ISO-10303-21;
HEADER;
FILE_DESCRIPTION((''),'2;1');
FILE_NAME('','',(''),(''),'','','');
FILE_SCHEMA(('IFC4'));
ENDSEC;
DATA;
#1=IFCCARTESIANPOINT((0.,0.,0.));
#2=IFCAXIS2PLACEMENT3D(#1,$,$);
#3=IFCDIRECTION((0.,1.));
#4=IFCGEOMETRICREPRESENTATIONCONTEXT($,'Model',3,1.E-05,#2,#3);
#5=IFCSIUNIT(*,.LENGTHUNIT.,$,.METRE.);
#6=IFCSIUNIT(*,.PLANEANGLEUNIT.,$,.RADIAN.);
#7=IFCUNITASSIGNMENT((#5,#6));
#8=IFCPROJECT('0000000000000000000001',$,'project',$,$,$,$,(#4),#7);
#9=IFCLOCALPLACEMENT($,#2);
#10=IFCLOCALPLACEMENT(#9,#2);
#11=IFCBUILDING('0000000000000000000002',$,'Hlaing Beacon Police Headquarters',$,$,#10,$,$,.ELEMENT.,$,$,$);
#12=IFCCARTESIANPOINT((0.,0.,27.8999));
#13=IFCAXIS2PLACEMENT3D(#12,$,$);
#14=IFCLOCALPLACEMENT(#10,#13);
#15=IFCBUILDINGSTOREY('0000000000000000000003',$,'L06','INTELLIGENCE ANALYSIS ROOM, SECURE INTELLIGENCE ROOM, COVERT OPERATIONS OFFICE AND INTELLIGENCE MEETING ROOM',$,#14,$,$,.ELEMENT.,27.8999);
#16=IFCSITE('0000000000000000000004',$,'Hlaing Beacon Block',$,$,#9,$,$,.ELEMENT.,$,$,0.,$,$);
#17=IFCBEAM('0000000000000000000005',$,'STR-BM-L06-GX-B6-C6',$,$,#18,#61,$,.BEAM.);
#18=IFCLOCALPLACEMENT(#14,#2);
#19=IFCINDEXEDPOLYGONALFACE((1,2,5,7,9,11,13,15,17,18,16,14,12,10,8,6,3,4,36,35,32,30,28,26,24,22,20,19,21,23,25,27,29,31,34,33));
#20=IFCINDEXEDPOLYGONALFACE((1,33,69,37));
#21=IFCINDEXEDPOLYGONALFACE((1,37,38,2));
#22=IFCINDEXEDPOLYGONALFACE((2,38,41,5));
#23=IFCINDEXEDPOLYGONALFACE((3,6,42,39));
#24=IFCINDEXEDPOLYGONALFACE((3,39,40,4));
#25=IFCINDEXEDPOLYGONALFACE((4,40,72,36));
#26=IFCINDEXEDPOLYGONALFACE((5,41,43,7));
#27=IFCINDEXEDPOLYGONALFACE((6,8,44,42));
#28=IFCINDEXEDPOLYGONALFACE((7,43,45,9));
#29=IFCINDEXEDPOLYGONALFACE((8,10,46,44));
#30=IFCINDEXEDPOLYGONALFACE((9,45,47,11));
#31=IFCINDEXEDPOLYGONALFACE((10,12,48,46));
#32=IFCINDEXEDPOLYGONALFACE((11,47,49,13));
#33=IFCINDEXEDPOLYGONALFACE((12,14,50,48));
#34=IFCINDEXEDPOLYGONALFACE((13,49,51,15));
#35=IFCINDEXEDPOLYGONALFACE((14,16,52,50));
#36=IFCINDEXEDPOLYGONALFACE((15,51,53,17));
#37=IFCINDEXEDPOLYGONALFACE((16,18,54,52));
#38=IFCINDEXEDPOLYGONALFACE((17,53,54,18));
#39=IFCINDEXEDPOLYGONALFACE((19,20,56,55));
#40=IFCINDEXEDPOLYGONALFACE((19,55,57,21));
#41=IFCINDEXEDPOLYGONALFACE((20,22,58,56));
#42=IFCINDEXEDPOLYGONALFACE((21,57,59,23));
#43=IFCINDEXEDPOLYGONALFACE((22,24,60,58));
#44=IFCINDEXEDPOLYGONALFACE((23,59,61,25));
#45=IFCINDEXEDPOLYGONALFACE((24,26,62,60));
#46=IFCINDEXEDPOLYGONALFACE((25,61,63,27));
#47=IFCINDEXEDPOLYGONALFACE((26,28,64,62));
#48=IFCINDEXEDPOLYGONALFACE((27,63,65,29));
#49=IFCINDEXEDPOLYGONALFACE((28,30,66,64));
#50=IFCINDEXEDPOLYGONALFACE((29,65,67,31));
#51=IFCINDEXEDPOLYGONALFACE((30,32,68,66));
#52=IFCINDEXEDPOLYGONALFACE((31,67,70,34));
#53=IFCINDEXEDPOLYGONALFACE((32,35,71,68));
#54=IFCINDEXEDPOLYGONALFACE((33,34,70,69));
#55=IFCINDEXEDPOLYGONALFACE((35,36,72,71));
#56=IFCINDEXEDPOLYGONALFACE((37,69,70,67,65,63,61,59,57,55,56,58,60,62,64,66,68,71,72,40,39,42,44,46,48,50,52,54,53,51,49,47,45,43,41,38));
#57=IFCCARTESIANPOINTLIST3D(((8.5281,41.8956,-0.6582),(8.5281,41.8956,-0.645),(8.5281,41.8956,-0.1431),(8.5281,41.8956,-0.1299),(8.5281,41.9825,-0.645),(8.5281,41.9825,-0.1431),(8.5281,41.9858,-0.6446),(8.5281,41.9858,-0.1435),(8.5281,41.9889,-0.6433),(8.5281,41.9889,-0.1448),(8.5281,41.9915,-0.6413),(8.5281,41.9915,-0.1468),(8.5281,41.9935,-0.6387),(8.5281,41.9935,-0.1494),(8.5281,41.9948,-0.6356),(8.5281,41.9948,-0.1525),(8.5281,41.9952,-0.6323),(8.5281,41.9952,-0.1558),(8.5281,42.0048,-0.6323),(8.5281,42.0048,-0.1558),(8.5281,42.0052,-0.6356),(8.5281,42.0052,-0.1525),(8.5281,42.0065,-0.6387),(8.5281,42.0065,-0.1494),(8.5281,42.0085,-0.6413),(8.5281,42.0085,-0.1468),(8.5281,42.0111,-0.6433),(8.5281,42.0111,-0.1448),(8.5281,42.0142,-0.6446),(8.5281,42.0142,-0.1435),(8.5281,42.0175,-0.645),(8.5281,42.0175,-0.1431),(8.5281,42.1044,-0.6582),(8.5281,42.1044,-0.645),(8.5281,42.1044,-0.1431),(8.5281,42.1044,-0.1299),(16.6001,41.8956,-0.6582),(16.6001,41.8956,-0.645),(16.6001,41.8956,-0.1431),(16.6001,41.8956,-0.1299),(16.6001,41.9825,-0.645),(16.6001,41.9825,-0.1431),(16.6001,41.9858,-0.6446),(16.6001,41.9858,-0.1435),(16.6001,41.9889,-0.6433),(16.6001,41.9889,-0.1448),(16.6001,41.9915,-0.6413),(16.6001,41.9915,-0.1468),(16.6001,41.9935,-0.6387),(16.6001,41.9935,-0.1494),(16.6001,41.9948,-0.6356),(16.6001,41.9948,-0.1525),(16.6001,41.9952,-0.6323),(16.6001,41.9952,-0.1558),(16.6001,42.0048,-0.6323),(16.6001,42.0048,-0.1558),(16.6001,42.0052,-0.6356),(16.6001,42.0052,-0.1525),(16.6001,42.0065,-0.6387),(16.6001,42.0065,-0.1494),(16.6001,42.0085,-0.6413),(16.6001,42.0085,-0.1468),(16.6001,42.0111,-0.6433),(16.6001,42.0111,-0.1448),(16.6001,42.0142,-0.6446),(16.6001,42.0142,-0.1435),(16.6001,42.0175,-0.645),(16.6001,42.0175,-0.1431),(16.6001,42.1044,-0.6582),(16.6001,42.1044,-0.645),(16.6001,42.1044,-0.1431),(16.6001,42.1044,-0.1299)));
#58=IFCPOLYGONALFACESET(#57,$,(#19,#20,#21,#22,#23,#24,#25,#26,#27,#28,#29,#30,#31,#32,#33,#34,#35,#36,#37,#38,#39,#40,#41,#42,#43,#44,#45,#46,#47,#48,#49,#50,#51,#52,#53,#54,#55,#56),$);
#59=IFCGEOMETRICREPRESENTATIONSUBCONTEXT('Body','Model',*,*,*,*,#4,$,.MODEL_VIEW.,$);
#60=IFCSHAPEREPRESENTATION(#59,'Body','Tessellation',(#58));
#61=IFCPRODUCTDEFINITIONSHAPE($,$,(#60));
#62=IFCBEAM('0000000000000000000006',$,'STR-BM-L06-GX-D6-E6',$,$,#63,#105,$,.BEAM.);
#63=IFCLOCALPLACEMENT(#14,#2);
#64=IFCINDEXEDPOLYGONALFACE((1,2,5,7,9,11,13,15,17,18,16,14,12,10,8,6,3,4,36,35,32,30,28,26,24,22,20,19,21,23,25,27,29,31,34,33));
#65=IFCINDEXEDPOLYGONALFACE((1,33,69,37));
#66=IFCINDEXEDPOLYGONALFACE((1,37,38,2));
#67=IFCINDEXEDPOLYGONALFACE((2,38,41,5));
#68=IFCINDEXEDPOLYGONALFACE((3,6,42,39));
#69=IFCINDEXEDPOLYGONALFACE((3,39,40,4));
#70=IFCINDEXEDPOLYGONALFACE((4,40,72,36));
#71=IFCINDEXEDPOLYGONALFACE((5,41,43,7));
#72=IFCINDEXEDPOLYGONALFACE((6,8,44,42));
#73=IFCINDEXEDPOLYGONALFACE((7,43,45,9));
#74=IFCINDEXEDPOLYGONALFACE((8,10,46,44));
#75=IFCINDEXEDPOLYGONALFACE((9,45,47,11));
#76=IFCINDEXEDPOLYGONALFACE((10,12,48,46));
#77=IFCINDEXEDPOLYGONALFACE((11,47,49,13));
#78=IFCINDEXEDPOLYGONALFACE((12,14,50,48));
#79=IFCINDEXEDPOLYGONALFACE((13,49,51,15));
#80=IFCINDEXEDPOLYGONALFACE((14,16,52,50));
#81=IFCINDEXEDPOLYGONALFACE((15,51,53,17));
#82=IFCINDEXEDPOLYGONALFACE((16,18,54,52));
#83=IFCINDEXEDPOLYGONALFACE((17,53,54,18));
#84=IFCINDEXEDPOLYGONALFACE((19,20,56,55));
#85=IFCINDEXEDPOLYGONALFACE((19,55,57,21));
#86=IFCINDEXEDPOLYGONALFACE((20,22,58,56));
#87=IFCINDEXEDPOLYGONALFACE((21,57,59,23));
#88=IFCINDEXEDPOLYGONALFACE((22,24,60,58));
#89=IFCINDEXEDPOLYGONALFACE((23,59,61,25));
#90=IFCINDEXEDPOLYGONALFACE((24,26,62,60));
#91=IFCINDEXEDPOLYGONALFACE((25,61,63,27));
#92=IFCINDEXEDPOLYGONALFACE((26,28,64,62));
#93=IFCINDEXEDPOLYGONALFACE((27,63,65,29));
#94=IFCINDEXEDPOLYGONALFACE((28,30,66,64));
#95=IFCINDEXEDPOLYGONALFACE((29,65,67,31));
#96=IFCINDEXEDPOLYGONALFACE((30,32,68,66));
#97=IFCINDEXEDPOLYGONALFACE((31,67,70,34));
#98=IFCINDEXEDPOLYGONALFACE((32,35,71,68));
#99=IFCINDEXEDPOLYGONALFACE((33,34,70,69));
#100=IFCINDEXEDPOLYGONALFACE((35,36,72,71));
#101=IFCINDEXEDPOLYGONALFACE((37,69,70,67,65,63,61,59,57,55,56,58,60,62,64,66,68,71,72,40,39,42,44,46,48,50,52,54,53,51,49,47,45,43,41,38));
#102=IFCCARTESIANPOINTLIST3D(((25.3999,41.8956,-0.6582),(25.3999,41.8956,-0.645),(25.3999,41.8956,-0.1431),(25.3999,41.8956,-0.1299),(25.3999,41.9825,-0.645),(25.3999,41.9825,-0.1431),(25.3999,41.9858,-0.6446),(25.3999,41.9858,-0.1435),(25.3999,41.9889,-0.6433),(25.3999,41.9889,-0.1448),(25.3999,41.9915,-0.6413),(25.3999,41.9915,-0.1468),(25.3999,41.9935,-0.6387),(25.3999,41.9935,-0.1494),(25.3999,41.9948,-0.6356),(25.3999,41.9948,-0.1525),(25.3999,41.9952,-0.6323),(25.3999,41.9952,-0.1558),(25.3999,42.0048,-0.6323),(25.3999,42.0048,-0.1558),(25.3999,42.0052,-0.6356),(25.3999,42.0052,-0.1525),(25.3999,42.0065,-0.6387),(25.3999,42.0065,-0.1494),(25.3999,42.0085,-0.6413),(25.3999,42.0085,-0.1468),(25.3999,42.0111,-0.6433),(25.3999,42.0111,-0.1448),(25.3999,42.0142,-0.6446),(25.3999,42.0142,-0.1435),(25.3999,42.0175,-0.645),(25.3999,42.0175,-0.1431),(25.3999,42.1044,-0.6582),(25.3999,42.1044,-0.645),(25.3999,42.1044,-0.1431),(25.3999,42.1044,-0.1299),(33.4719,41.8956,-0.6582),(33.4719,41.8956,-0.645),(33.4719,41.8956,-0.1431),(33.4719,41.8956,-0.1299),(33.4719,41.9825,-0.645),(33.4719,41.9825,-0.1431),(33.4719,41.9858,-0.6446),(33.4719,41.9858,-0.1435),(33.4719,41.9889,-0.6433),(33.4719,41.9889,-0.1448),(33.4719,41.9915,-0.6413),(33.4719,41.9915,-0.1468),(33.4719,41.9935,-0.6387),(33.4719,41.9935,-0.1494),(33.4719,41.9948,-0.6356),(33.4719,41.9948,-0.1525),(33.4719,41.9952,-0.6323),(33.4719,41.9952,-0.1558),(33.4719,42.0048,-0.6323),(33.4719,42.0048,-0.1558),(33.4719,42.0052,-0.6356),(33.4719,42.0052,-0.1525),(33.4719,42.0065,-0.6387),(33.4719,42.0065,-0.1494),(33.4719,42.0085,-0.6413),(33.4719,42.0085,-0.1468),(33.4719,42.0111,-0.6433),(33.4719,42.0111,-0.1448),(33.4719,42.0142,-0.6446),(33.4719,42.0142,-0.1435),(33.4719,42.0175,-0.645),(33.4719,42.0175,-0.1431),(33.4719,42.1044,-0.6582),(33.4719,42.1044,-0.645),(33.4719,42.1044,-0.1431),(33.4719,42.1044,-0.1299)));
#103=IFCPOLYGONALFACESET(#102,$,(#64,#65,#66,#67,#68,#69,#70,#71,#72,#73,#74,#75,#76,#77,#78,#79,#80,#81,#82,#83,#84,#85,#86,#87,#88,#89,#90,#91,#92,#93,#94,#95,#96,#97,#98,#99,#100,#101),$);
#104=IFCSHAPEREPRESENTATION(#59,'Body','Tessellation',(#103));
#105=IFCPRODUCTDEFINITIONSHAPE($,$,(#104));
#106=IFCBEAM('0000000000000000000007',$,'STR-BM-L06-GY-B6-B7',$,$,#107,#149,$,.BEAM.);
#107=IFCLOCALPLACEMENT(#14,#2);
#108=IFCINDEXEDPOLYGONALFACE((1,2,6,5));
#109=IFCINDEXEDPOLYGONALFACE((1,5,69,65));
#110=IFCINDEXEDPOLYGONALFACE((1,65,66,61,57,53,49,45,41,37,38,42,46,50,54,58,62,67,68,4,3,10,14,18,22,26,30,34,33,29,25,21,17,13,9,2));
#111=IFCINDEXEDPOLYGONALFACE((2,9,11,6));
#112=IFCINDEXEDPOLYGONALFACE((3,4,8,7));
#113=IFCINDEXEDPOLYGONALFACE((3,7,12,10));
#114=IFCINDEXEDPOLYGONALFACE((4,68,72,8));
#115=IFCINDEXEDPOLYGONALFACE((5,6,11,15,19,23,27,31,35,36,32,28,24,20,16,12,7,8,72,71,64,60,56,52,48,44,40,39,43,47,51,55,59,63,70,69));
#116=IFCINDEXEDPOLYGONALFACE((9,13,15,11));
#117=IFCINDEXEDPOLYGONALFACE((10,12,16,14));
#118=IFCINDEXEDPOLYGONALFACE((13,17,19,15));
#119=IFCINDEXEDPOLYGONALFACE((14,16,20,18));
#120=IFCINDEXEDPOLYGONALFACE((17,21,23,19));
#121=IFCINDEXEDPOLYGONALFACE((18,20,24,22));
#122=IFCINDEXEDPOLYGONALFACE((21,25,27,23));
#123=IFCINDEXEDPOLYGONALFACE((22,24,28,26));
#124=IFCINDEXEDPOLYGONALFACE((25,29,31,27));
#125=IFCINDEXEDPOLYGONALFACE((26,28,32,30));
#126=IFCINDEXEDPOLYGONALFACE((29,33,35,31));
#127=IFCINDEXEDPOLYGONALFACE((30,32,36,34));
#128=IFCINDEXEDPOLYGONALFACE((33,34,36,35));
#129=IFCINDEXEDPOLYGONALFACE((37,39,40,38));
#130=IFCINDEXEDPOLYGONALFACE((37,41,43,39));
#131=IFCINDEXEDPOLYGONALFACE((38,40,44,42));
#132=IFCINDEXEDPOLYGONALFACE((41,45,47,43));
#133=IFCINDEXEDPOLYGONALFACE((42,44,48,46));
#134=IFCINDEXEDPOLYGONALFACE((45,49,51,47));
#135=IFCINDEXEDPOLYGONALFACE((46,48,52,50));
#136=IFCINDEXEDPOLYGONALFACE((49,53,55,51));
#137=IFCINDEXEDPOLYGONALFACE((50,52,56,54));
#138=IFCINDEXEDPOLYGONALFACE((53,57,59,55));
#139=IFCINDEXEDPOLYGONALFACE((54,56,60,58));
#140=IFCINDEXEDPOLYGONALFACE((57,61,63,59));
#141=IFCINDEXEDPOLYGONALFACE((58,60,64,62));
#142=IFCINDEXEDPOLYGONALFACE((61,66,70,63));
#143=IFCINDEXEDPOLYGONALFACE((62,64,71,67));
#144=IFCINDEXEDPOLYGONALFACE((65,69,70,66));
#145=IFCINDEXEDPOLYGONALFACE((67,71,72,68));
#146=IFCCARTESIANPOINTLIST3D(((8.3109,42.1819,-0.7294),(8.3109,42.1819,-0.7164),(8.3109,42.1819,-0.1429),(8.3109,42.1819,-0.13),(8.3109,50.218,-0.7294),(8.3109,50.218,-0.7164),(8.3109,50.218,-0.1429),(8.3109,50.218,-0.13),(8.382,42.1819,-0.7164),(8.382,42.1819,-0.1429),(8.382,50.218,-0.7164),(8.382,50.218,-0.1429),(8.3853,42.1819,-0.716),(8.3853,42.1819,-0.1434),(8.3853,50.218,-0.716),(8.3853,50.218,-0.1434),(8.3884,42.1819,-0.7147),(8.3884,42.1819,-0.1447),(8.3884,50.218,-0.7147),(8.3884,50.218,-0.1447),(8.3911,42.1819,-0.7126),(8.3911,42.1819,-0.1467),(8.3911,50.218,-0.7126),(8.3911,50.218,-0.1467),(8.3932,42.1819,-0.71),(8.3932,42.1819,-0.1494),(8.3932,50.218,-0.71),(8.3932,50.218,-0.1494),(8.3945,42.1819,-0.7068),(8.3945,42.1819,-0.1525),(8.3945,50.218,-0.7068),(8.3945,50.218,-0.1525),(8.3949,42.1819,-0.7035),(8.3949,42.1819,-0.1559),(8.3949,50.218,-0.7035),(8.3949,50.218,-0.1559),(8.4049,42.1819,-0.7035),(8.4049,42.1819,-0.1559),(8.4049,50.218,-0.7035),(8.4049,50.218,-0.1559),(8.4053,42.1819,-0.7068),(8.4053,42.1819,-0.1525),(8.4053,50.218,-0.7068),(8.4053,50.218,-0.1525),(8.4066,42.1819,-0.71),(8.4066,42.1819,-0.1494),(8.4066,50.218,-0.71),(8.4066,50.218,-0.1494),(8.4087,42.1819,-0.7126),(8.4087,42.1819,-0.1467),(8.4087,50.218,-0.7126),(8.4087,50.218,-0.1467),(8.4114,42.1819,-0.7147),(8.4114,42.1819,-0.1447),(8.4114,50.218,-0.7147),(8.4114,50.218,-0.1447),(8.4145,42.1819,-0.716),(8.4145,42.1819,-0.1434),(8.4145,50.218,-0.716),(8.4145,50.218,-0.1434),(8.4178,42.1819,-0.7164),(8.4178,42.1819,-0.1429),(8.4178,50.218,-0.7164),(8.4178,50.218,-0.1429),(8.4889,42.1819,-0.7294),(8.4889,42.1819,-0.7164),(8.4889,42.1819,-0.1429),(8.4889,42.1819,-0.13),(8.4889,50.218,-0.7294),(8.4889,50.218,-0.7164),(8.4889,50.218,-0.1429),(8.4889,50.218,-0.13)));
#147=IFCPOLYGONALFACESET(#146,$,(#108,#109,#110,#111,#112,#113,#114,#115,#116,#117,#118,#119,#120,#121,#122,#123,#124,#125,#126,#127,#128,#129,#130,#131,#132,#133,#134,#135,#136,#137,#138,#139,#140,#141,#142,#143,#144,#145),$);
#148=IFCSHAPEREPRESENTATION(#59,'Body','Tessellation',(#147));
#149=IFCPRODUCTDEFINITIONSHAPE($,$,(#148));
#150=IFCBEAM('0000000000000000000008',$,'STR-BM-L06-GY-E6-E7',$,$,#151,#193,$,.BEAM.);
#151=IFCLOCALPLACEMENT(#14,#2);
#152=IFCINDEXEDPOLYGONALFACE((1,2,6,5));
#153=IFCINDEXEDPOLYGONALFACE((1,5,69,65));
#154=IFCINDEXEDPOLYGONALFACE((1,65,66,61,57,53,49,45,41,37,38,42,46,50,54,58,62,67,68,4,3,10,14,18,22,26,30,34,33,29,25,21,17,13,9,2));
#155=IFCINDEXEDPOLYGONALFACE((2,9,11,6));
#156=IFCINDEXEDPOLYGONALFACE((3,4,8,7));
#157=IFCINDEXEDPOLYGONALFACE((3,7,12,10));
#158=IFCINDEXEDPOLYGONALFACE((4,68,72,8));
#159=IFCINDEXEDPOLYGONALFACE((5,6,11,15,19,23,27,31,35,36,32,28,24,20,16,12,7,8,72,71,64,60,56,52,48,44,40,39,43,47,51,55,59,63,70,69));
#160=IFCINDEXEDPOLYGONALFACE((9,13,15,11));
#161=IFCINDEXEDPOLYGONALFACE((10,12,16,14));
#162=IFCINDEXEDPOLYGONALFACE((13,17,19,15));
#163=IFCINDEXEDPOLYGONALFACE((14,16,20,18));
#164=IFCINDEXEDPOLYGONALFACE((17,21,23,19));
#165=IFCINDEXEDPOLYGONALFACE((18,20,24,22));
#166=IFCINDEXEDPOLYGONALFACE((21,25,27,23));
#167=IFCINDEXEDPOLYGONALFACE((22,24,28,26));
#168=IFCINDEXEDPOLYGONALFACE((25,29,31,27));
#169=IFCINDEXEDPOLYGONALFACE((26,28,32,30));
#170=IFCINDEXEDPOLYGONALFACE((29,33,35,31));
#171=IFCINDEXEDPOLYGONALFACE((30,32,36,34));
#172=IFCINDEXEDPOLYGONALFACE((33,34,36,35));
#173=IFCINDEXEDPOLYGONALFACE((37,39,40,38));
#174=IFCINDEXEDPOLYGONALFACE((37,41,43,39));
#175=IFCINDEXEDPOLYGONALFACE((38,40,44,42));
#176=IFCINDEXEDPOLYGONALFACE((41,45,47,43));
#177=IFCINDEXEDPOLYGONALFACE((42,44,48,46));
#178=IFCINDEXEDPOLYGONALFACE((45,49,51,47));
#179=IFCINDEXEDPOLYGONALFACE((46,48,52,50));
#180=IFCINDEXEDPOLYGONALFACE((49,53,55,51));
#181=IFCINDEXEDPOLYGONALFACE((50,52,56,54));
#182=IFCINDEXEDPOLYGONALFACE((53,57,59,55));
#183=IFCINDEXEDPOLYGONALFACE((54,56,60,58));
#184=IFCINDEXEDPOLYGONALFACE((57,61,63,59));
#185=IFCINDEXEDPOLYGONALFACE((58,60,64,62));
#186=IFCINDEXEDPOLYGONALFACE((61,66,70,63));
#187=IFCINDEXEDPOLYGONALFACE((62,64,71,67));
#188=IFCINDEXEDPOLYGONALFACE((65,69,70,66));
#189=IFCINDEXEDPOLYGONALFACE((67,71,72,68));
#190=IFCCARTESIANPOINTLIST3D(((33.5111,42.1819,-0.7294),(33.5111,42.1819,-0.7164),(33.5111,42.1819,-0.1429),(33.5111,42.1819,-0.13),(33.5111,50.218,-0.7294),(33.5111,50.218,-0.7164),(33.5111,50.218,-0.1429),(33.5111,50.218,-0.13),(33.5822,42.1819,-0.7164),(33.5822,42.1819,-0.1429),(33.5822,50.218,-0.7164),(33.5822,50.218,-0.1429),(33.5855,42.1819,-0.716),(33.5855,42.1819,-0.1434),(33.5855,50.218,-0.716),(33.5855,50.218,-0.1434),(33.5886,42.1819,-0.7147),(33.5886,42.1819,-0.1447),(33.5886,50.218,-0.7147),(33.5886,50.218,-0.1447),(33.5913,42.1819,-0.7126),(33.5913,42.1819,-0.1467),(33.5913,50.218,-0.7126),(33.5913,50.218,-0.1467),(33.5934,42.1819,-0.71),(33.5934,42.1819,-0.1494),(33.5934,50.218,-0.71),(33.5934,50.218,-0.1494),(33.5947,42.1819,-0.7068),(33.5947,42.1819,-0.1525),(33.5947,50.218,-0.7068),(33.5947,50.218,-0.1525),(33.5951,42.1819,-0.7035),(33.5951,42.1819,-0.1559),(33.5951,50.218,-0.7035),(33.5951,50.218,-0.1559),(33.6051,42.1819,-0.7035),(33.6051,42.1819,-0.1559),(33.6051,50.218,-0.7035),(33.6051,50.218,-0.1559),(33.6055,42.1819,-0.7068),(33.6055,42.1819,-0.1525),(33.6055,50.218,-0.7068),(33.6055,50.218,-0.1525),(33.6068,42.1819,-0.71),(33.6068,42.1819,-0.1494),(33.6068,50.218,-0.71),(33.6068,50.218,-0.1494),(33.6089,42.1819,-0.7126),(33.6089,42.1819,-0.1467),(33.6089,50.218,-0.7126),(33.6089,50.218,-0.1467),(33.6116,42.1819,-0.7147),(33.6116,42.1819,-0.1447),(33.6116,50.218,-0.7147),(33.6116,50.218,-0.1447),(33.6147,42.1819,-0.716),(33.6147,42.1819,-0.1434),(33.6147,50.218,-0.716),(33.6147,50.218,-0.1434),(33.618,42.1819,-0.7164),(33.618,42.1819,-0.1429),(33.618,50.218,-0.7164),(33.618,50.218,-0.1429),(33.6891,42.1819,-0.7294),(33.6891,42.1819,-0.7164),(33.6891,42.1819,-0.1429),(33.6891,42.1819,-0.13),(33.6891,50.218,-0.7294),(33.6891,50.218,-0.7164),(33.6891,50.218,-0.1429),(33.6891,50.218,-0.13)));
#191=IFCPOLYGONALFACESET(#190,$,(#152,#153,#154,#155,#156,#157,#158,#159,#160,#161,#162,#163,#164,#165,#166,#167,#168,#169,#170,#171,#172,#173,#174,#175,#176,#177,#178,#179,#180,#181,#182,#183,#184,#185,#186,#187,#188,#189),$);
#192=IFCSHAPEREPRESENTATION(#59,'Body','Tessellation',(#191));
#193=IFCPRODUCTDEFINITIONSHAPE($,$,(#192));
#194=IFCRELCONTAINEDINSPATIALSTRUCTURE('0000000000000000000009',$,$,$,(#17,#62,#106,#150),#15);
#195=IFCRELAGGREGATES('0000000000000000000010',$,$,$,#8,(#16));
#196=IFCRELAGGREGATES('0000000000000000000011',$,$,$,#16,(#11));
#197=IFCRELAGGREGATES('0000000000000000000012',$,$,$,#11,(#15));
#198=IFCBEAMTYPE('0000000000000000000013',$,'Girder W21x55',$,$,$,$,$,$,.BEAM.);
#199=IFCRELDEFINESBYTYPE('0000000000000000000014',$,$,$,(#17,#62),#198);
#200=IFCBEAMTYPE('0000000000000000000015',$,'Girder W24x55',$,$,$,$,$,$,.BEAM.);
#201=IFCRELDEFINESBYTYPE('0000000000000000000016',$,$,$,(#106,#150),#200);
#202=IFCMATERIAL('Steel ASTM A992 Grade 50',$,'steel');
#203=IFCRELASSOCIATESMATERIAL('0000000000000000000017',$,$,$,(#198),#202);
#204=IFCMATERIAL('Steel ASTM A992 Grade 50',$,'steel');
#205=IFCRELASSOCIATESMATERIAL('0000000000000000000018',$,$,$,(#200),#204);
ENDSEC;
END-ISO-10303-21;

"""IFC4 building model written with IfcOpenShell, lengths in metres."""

from ifc_helpers import new_model, si_unit, direction, frame, origin, origin_2d, place, context, subcontext, project, spatial, i_section, extrude, material, material_profile, profile_set, type_object, element, save


model = new_model("IFC4")

# Units and contexts
model_context = context("Model", 3, precision=1e-05, world=origin(), true_north=direction((0.0, 1.0)))
body_context = subcontext(model_context, "Body", "Model", "MODEL_VIEW")
ifc_project = project(units=[si_unit("LENGTHUNIT", "METRE"), si_unit("PLANEANGLEUNIT", "RADIAN")], contexts=[model_context])

# Site, building, storey
site_placement = place(None, origin())
site = spatial("IfcSite", under=ifc_project, at=site_placement, Name="Hlaing Beacon Block", CompositionType="ELEMENT", RefElevation=0.0)
building_placement = place(site_placement, origin())
building = spatial("IfcBuilding", under=site, at=building_placement, Name="Hlaing Beacon Police Headquarters", CompositionType="ELEMENT")
storey_placement = place(building_placement, frame((0.0, 0.0, 27.8999)))
storey = spatial("IfcBuildingStorey", under=building, at=storey_placement, Name="L06", Description="INTELLIGENCE ANALYSIS ROOM, SECURE INTELLIGENCE ROOM, COVERT OPERATIONS OFFICE AND INTELLIGENCE MEETING ROOM", CompositionType="ELEMENT", Elevation=27.8999)

# Beams
ifc_material_1 = material(Name="Steel ASTM A992 Grade 50", Category="steel")
ifc_material_profile_1 = material_profile(ifc_material_1, i_section(OverallWidth=0.2087, OverallDepth=0.5283, WebThickness=0.0095, FlangeThickness=0.0132, FilletRadius=0.0127, at=origin_2d()), Name="W21x55")
ifc_profile_set_1 = profile_set([ifc_material_profile_1], Name="Steel ASTM A992 Grade 50")
beam_type_1 = type_object("IfcBeamType", Name="Girder W21x55", PredefinedType="BEAM", material=ifc_profile_set_1)
for number, where, z_axis, x_axis, name in (
    (1, (8.5281, 42.0, -0.394), (1.0, 0.0, 0.0), (0.0, 1.0, 0.0), "STR-BM-L06-GX-B6-C6"),
    (2, (25.3999, 42.0, -0.394), (1.0, 0.0, 0.0), (0.0, 1.0, 0.0), "STR-BM-L06-GX-D6-E6"),
):
    element("IfcBeam", number, at=place(storey_placement, frame(where, z_axis=z_axis, x_axis=x_axis)), inside=storey, type_object=beam_type_1, Name=name, PredefinedType="BEAM", context=body_context, shape_type="SweptSolid", body=[
        extrude(i_section(OverallWidth=0.2087, OverallDepth=0.5283, WebThickness=0.0095, FlangeThickness=0.0132, FilletRadius=0.0127, at=origin_2d()), origin(), (0.0, 0.0, 1.0), 8.072),
    ])
ifc_material_2 = material(Name="Steel ASTM A992 Grade 50", Category="steel")
ifc_material_profile_2 = material_profile(ifc_material_2, i_section(OverallWidth=0.178, OverallDepth=0.5994, WebThickness=0.01, FlangeThickness=0.0129, FilletRadius=0.0129, at=origin_2d()), Name="W24x55")
ifc_profile_set_2 = profile_set([ifc_material_profile_2], Name="Steel ASTM A992 Grade 50")
beam_type_2 = type_object("IfcBeamType", Name="Girder W24x55", PredefinedType="BEAM", material=ifc_profile_set_2)
for number, where, z_axis, x_axis, name in (
    (3, (8.3999, 42.1819, -0.4297), (0.0, 1.0, 0.0), (-1.0, 0.0, 0.0), "STR-BM-L06-GY-B6-B7"),
    (4, (33.6001, 42.1819, -0.4297), (0.0, 1.0, 0.0), (-1.0, 0.0, 0.0), "STR-BM-L06-GY-E6-E7"),
):
    element("IfcBeam", number, at=place(storey_placement, frame(where, z_axis=z_axis, x_axis=x_axis)), inside=storey, type_object=beam_type_2, Name=name, PredefinedType="BEAM", context=body_context, shape_type="SweptSolid", body=[
        extrude(i_section(OverallWidth=0.178, OverallDepth=0.5994, WebThickness=0.01, FlangeThickness=0.0129, FilletRadius=0.0129, at=origin_2d()), origin(), (0.0, 0.0, 1.0), 8.0361),
    ])

save(model, "model.ifc")
